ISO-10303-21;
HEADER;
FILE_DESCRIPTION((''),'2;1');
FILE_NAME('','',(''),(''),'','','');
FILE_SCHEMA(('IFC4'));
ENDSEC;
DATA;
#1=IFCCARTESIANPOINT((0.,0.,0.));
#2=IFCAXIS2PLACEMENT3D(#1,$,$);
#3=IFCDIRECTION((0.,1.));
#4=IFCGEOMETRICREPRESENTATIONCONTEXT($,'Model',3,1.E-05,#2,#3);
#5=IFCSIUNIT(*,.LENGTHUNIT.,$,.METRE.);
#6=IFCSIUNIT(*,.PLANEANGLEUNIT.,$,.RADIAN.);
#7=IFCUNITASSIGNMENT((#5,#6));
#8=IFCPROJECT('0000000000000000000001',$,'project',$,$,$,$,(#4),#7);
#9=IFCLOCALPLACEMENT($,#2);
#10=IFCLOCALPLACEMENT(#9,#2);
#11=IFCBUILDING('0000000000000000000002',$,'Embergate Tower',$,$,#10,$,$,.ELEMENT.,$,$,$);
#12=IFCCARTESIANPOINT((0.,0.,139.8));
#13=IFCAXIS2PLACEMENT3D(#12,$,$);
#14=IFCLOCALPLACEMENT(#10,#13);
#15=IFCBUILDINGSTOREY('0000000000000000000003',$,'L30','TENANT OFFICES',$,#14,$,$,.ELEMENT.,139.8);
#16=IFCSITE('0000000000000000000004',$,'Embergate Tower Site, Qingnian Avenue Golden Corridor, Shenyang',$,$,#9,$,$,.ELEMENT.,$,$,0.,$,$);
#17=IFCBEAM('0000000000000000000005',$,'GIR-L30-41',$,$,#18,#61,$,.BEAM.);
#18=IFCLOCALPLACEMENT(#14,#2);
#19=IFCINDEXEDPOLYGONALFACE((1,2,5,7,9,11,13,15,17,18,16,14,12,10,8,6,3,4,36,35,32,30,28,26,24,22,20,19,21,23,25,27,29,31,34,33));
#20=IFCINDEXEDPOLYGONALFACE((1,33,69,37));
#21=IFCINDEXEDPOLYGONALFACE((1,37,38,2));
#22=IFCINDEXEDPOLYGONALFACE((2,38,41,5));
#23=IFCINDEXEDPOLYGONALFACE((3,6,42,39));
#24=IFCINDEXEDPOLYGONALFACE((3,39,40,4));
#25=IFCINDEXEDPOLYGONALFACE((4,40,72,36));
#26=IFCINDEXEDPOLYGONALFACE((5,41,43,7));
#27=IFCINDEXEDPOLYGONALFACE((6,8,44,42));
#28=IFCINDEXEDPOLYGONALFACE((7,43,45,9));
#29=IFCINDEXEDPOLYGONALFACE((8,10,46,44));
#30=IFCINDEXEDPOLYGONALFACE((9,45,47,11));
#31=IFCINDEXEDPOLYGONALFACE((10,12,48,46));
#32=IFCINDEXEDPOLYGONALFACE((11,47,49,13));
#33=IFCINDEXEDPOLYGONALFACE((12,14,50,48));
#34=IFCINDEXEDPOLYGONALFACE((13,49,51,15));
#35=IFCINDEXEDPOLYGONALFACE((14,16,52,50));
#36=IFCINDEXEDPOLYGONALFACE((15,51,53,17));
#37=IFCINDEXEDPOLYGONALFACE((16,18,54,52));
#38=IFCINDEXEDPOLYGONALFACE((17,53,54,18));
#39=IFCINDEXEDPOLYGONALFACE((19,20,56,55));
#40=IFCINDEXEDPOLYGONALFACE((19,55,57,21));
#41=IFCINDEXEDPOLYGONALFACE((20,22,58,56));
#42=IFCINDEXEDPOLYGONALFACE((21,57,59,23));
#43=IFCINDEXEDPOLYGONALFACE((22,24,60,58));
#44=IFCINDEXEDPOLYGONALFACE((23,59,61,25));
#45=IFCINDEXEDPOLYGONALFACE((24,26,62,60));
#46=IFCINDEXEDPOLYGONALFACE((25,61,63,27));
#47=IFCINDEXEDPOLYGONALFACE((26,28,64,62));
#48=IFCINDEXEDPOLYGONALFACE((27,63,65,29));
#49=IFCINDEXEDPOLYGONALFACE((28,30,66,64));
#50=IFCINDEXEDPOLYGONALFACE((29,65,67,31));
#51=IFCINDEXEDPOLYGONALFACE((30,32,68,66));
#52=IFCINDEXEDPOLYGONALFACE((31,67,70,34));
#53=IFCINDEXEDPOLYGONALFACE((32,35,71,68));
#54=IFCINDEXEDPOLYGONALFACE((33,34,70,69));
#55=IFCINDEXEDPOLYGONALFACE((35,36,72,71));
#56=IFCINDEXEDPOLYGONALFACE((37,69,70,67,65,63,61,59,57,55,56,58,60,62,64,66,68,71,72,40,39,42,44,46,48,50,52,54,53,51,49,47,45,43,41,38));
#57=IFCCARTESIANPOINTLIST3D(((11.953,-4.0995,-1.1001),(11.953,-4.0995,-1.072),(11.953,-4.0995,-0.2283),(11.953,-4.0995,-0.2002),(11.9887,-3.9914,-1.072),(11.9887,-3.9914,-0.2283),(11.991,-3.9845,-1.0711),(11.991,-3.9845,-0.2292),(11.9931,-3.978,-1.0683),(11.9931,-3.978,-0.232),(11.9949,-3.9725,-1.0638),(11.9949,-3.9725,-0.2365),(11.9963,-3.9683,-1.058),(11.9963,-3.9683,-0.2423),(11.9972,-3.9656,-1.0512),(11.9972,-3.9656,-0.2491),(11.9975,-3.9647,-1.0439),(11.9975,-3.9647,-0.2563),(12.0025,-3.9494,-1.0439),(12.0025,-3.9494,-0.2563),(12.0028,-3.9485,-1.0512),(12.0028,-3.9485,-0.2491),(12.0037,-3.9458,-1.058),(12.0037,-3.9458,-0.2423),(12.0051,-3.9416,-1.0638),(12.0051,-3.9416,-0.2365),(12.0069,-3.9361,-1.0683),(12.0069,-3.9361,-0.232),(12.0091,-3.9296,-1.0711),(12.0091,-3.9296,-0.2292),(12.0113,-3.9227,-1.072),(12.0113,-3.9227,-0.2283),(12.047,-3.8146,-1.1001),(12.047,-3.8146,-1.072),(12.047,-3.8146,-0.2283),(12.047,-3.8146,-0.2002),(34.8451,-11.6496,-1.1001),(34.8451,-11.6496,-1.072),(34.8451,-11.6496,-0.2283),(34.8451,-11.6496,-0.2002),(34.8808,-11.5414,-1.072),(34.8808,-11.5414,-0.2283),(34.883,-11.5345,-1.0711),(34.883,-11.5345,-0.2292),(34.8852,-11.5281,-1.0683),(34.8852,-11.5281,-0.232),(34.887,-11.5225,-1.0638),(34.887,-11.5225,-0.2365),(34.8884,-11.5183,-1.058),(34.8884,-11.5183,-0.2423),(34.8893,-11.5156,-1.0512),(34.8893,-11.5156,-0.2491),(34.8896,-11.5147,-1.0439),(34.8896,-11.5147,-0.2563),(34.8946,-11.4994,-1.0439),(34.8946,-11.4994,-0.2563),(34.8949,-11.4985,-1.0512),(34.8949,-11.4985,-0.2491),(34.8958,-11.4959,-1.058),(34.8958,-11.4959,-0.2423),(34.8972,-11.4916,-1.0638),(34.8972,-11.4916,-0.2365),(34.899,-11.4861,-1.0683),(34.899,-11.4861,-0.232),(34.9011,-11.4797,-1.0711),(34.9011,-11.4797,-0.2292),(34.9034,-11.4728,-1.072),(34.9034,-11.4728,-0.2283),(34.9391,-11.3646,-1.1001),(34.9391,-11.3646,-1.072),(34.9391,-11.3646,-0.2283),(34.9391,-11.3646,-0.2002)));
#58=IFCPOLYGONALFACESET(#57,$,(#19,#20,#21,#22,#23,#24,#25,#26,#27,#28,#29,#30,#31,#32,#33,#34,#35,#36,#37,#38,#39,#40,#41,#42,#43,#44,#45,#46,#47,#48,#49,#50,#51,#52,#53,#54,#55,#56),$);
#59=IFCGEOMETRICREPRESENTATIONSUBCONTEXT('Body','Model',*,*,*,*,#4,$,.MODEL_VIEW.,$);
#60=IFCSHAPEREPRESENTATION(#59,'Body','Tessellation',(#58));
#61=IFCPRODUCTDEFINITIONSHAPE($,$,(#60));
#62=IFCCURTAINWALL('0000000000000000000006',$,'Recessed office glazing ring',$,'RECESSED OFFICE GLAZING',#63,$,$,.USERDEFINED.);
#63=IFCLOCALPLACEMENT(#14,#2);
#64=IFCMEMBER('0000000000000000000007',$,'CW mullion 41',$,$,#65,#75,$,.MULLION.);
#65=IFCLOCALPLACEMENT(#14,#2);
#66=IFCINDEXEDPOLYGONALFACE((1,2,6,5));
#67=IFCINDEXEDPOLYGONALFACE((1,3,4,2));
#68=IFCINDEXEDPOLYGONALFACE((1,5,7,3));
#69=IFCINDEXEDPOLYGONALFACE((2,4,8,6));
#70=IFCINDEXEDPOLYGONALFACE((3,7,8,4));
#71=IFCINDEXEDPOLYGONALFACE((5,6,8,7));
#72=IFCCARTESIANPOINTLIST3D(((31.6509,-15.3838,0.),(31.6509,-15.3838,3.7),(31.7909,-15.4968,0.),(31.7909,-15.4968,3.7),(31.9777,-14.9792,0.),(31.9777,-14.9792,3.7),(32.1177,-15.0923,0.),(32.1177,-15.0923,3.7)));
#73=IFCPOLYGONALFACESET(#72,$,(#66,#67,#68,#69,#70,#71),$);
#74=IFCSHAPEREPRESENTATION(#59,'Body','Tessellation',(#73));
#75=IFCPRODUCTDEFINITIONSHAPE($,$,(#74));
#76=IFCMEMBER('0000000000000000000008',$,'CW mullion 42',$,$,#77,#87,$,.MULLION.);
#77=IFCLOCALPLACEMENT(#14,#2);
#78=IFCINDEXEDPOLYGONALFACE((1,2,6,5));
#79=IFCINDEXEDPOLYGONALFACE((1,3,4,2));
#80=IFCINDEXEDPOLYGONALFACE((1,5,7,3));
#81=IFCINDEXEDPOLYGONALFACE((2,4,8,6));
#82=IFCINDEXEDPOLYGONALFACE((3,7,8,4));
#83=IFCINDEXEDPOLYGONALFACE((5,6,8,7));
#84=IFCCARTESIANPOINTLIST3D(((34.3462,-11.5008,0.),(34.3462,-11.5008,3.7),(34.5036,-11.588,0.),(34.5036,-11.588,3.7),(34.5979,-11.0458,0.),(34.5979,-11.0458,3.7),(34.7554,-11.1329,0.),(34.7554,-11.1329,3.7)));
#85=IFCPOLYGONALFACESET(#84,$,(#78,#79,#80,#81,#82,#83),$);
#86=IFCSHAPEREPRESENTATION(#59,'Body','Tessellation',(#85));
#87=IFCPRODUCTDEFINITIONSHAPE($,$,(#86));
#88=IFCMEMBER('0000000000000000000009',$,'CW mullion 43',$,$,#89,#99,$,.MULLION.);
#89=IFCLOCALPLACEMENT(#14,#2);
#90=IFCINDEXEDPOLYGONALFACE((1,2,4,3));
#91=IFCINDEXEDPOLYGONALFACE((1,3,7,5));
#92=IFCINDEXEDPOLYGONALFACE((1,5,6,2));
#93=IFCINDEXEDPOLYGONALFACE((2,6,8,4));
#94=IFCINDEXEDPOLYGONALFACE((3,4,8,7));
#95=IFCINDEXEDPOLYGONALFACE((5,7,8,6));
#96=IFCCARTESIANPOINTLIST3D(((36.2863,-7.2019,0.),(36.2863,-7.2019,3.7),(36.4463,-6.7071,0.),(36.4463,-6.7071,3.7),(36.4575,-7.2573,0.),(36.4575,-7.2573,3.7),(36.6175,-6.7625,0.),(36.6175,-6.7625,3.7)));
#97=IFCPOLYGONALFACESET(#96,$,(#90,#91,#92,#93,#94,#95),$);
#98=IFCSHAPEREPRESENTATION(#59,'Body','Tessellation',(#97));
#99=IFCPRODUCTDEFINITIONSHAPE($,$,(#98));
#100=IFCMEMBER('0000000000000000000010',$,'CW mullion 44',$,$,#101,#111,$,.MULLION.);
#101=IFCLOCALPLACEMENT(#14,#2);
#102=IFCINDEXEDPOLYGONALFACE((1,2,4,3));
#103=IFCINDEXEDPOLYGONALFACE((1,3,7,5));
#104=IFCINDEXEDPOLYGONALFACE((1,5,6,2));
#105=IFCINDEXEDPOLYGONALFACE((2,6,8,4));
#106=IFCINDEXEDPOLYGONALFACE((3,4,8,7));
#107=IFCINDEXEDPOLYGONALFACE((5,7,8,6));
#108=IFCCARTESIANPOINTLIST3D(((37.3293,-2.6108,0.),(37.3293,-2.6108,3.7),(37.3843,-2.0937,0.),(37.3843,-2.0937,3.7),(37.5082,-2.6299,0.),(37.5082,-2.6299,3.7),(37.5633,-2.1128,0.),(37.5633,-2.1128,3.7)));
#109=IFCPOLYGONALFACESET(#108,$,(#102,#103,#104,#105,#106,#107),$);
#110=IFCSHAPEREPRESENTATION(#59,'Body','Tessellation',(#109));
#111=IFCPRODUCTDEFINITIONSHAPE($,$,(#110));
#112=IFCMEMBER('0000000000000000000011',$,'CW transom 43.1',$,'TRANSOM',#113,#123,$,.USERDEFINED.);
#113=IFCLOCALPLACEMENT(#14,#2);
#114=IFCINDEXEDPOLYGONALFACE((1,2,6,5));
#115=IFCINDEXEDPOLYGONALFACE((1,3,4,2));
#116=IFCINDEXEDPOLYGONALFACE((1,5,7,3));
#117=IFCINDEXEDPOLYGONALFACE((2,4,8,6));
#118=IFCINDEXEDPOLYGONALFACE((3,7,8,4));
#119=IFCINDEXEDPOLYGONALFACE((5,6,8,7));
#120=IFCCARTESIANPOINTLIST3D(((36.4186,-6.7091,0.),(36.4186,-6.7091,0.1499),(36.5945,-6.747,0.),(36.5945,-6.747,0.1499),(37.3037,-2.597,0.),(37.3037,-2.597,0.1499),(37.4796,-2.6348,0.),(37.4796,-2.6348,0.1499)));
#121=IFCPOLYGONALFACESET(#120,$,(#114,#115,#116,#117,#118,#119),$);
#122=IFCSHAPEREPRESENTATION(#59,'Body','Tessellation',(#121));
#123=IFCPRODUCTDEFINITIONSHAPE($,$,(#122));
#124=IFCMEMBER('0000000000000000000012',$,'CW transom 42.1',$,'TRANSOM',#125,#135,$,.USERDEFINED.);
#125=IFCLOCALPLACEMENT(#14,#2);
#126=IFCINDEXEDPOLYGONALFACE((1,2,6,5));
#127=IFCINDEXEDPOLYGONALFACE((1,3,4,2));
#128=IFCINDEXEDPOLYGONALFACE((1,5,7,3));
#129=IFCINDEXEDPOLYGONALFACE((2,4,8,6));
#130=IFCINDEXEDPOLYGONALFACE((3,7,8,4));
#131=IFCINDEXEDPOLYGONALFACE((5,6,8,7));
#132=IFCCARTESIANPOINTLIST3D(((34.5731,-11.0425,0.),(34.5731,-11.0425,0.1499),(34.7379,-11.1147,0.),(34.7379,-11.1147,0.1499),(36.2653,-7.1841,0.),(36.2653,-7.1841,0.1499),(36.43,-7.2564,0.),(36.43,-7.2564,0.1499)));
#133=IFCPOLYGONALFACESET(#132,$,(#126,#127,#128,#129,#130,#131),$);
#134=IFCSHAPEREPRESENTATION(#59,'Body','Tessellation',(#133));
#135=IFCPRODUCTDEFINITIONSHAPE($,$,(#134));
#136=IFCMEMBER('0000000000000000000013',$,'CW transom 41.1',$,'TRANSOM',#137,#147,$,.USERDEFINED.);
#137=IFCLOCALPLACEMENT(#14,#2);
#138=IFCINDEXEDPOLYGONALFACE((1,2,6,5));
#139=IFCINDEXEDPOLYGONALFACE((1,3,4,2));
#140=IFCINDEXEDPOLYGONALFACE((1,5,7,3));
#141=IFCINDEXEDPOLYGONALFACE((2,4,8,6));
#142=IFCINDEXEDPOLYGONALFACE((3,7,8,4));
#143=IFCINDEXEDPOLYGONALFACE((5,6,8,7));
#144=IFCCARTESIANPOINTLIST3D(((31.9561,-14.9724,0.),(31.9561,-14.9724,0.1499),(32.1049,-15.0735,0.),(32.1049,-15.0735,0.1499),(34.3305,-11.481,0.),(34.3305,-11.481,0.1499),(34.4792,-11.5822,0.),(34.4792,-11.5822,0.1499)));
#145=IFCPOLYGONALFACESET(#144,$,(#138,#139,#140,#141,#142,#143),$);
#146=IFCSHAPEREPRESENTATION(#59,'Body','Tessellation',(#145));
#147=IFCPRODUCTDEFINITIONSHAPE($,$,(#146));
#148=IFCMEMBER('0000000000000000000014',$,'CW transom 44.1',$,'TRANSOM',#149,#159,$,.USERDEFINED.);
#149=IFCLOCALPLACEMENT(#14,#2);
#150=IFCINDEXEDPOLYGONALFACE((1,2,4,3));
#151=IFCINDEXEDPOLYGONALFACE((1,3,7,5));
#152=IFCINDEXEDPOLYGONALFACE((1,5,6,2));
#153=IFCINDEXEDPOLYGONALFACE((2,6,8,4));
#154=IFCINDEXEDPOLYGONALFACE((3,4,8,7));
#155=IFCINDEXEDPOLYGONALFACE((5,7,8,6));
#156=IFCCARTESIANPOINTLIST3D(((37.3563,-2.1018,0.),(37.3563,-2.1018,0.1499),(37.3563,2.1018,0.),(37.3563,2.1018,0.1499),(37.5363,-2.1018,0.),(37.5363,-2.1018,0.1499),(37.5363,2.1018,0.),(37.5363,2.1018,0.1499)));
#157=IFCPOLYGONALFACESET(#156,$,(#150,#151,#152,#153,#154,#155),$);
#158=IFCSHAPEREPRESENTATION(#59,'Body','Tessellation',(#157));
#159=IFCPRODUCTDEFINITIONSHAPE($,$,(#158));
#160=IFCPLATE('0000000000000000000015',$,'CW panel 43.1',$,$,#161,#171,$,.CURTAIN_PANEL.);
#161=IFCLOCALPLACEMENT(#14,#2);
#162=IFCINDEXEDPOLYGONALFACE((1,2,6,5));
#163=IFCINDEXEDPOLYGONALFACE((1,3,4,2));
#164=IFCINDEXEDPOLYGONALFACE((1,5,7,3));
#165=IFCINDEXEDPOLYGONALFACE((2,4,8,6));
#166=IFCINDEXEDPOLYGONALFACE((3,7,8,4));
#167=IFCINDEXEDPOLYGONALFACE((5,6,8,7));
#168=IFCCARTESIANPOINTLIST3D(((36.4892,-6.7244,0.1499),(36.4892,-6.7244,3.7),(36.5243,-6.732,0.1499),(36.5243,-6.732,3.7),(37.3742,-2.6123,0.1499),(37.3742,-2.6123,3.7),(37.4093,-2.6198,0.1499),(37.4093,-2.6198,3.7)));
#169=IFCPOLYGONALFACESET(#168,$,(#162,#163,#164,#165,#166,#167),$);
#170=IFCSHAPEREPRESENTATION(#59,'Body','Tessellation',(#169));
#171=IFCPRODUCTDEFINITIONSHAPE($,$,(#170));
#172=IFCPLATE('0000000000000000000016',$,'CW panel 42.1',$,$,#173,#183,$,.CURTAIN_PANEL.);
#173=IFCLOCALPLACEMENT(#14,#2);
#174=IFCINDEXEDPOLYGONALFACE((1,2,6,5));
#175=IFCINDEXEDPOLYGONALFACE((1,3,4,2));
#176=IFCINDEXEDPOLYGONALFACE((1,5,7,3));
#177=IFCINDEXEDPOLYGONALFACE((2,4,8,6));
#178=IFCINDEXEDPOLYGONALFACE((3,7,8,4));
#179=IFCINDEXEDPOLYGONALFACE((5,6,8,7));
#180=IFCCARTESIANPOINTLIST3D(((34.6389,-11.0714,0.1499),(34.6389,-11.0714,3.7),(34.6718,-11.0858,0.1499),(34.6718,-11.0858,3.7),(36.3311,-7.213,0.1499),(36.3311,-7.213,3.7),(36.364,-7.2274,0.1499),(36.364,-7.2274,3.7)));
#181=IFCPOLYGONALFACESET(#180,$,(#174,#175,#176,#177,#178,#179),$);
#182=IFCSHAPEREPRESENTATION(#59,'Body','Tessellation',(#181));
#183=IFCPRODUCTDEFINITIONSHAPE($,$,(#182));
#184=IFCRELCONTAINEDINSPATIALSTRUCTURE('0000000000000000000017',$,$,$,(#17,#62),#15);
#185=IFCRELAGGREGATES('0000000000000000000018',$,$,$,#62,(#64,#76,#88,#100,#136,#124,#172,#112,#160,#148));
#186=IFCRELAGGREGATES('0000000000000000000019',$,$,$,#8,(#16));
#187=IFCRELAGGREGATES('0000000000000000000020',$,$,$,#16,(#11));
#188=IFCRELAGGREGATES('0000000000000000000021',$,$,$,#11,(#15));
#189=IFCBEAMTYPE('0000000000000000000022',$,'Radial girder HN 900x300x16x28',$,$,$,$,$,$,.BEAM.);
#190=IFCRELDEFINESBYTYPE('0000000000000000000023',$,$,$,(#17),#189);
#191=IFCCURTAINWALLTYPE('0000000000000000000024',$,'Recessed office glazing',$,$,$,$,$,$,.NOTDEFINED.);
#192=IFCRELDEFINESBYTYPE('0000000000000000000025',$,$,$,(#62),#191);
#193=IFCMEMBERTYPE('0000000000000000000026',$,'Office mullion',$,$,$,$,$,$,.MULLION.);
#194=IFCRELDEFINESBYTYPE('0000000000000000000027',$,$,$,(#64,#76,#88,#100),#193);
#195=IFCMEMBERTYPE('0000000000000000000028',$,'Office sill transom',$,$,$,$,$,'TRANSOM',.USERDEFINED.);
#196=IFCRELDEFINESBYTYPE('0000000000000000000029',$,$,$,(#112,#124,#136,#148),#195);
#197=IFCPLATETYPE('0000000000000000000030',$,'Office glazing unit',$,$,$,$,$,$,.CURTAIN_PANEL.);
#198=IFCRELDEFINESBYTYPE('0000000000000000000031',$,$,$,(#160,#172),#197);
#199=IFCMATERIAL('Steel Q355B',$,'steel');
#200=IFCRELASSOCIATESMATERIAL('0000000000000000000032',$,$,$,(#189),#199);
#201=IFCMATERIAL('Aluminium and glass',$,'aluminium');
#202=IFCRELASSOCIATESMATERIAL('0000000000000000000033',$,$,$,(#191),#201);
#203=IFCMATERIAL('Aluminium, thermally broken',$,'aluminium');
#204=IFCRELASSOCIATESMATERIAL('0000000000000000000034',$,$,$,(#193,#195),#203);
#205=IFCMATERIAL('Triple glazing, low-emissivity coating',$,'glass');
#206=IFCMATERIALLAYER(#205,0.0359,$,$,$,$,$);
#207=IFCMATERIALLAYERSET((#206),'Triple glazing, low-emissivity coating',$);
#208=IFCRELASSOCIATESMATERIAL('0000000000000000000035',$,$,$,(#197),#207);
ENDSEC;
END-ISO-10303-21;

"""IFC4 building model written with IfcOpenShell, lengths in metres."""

from ifc_helpers import new_model, si_unit, direction, frame, origin, origin_2d, place, context, subcontext, project, spatial, rectangle, i_section, extrude, source, transform, mapped, material, layer, layer_set, material_profile, profile_set, type_object, element, aggregate, save


model = new_model("IFC4")

# Units and contexts
model_context = context("Model", 3, precision=1e-05, world=origin(), true_north=direction((0.0, 1.0)))
body_context = subcontext(model_context, "Body", "Model", "MODEL_VIEW")
ifc_project = project(units=[si_unit("LENGTHUNIT", "METRE"), si_unit("PLANEANGLEUNIT", "RADIAN")], contexts=[model_context])

# Site, building, storey
site_placement = place(None, origin())
site = spatial("IfcSite", under=ifc_project, at=site_placement, Name="Embergate Tower Site, Qingnian Avenue Golden Corridor, Shenyang", CompositionType="ELEMENT", RefElevation=0.0)
building_placement = place(site_placement, origin())
building = spatial("IfcBuilding", under=site, at=building_placement, Name="Embergate Tower", CompositionType="ELEMENT")
storey_placement = place(building_placement, frame((0.0, 0.0, 139.8)))
storey = spatial("IfcBuildingStorey", under=building, at=storey_placement, Name="L30", Description="TENANT OFFICES", CompositionType="ELEMENT", Elevation=139.8)

# Beam
ifc_material_1 = material(Name="Steel Q355B", Category="steel")
ifc_material_profile_1 = material_profile(ifc_material_1, i_section(OverallWidth=0.3, OverallDepth=0.8999, WebThickness=0.0161, FlangeThickness=0.0281, FilletRadius=0.0281, at=origin_2d()), Name="HN 900x300x16x28")
ifc_profile_set_1 = profile_set([ifc_material_profile_1], Name="Steel Q355 grade B")
beam_type_1 = type_object("IfcBeamType", Name="Radial girder HN 900x300x16x28", PredefinedType="BEAM", material=ifc_profile_set_1)
shared_shape_1 = source(origin(), body_context, "Body", "SweptSolid", [
    extrude(i_section(OverallWidth=0.3, OverallDepth=0.8999, WebThickness=0.0161, FlangeThickness=0.0281, FilletRadius=0.0281, at=origin_2d()), origin(), (0.0, 0.0, 1.0), 24.105),
])
beam_1_placement = place(storey_placement, frame((34.8921, -11.5071, -0.6501), z_axis=(-0.949682, 0.313215, 0.0), x_axis=(-0.313215, -0.949682, 0.0)))
element("IfcBeam", 1, at=beam_1_placement, inside=storey, type_object=beam_type_1, Name="GIR-L30-41", PredefinedType="BEAM", context=body_context, shape_type="MappedRepresentation", body=[
    mapped(shared_shape_1, transform((0.0, 0.0, 0.0))),
])

# Curtain wall, members, plates
ifc_material_2 = material(Name="Aluminium and glass", Category="aluminium")
curtain_wall_type = type_object("IfcCurtainWallType", Name="Recessed office glazing", PredefinedType="NOTDEFINED", material=ifc_material_2)
curtain_wall_placement = place(storey_placement, origin())
curtain_wall = element("IfcCurtainWall", 2, at=curtain_wall_placement, inside=storey, type_object=curtain_wall_type, Name="Recessed office glazing ring", ObjectType="RECESSED OFFICE GLAZING", PredefinedType="USERDEFINED")
ifc_material_3 = material(Name="Aluminium, thermally broken", Category="aluminium")
ifc_material_profile_2 = material_profile(ifc_material_3, rectangle(XDim=0.1799, YDim=0.52, at=origin_2d()), Name="AL 520x180")
ifc_profile_set_2 = profile_set([ifc_material_profile_2], Name="Aluminium, thermally broken")
member_type_1 = type_object("IfcMemberType", Name="Office mullion", PredefinedType="MULLION", material=ifc_profile_set_2)
shared_shape_2 = source(origin(), body_context, "Body", "SweptSolid", [
    extrude(rectangle(XDim=0.1799, YDim=0.52, at=origin_2d()), origin(), (0.0, 0.0, 1.0), 3.7),
])
member_1_placement = place(storey_placement, frame((31.8843, -15.238, 0.0), z_axis=(0.0, 0.0, 1.0), x_axis=(-0.777871, 0.628423, 0.0)))
member_1 = element("IfcMember", 3, at=member_1_placement, type_object=member_type_1, Name="CW mullion 41", PredefinedType="MULLION", context=body_context, shape_type="MappedRepresentation", body=[
    mapped(shared_shape_2, transform((0.0, 0.0, 0.0))),
])
member_2_placement = place(storey_placement, frame((34.5508, -11.3169, 0.0), z_axis=(0.0, 0.0, 1.0), x_axis=(-0.875002, 0.484119, 0.0)))
member_2 = element("IfcMember", 4, at=member_2_placement, type_object=member_type_1, Name="CW mullion 42", PredefinedType="MULLION", context=body_context, shape_type="MappedRepresentation", body=[
    mapped(shared_shape_2, transform((0.0, 0.0, 0.0))),
])
member_3_placement = place(storey_placement, frame((36.4519, -6.9822, 0.0), z_axis=(0.0, 0.0, 1.0), x_axis=(-0.951498, 0.307656, 0.0)))
member_3 = element("IfcMember", 5, at=member_3_placement, type_object=member_type_1, Name="CW mullion 43", PredefinedType="MULLION", context=body_context, shape_type="MappedRepresentation", body=[
    mapped(shared_shape_2, transform((0.0, 0.0, 0.0))),
])
member_4_placement = place(storey_placement, frame((37.4463, -2.3618, 0.0), z_axis=(0.0, 0.0, 1.0), x_axis=(-0.994385, 0.105823, 0.0)))
member_4 = element("IfcMember", 6, at=member_4_placement, type_object=member_type_1, Name="CW mullion 44", PredefinedType="MULLION", context=body_context, shape_type="MappedRepresentation", body=[
    mapped(shared_shape_2, transform((0.0, 0.0, 0.0))),
])
ifc_material_profile_3 = material_profile(ifc_material_3, rectangle(XDim=0.1799, YDim=0.1499, at=origin_2d()), Name="AL 150x180")
ifc_profile_set_3 = profile_set([ifc_material_profile_3], Name="Aluminium, thermally broken")
member_type_2 = type_object("IfcMemberType", Name="Office sill transom", ElementType="TRANSOM", PredefinedType="USERDEFINED", material=ifc_profile_set_3)
shared_shape_3 = source(origin(), body_context, "Body", "SweptSolid", [
    extrude(rectangle(XDim=0.1799, YDim=0.1499, at=origin_2d()), origin(), (0.0, 0.0, 1.0), 4.2063),
])
member_5_placement = place(storey_placement, frame((36.5066, -6.728, 0.075), z_axis=(0.210405, 0.977614, 0.0), x_axis=(-0.977614, 0.210405, 0.0)))
member_5 = element("IfcMember", 7, at=member_5_placement, type_object=member_type_2, Name="CW transom 43.1", ObjectType="TRANSOM", PredefinedType="USERDEFINED", context=body_context, shape_type="MappedRepresentation", body=[
    mapped(shared_shape_3, transform((0.0, 0.0, 0.0))),
])
shared_shape_4 = source(origin(), body_context, "Body", "SweptSolid", [
    extrude(rectangle(XDim=0.1799, YDim=0.1499, at=origin_2d()), origin(), (0.0, 0.0, 1.0), 4.2131),
])
member_6_placement = place(storey_placement, frame((34.6555, -11.0786, 0.075), z_axis=(0.401633, 0.915801, 0.0), x_axis=(-0.915801, 0.401633, 0.0)))
member_6 = element("IfcMember", 8, at=member_6_placement, type_object=member_type_2, Name="CW transom 42.1", ObjectType="TRANSOM", PredefinedType="USERDEFINED", context=body_context, shape_type="MappedRepresentation", body=[
    mapped(shared_shape_4, transform((0.0, 0.0, 0.0))),
])
shared_shape_5 = source(origin(), body_context, "Body", "SweptSolid", [
    extrude(rectangle(XDim=0.1799, YDim=0.1499, at=origin_2d()), origin(), (0.0, 0.0, 1.0), 4.2222),
])
member_7_placement = place(storey_placement, frame((32.0305, -15.0229, 0.075), z_axis=(0.56235, 0.8269, 0.0), x_axis=(-0.8269, 0.56235, 0.0)))
member_7 = element("IfcMember", 9, at=member_7_placement, type_object=member_type_2, Name="CW transom 41.1", ObjectType="TRANSOM", PredefinedType="USERDEFINED", context=body_context, shape_type="MappedRepresentation", body=[
    mapped(shared_shape_5, transform((0.0, 0.0, 0.0))),
])
shared_shape_6 = source(origin(), body_context, "Body", "SweptSolid", [
    extrude(rectangle(XDim=0.1799, YDim=0.1499, at=origin_2d()), origin(), (0.0, 0.0, 1.0), 4.2036),
])
member_8_placement = place(storey_placement, frame((37.4463, -2.1018, 0.075), z_axis=(0.0, 1.0, 0.0), x_axis=(-1.0, 0.0, 0.0)))
member_8 = element("IfcMember", 10, at=member_8_placement, type_object=member_type_2, Name="CW transom 44.1", ObjectType="TRANSOM", PredefinedType="USERDEFINED", context=body_context, shape_type="MappedRepresentation", body=[
    mapped(shared_shape_6, transform((0.0, 0.0, 0.0))),
])
ifc_material_4 = material(Name="Triple glazing, low-emissivity coating", Category="glass")
ifc_layer_1 = layer(ifc_material_4, 0.0359)
ifc_layer_set_1 = layer_set([ifc_layer_1], Name="Triple glazing, low-emissivity coating")
plate_type = type_object("IfcPlateType", Name="Office glazing unit", PredefinedType="CURTAIN_PANEL", material=ifc_layer_set_1)
shared_shape_7 = source(origin(), body_context, "Body", "SweptSolid", [
    extrude(rectangle(XDim=4.2063, YDim=0.0359, at=origin_2d()), origin(), (0.0, 0.0, 1.0), 3.55),
])
plate_1_placement = place(storey_placement, frame((36.9492, -4.6721, 0.1499), z_axis=(0.0, 0.0, 1.0), x_axis=(0.210398, 0.977616, 0.0)))
plate_1 = element("IfcPlate", 11, at=plate_1_placement, type_object=plate_type, Name="CW panel 43.1", PredefinedType="CURTAIN_PANEL", context=body_context, shape_type="MappedRepresentation", body=[
    mapped(shared_shape_7, transform((0.0, 0.0, 0.0))),
])
shared_shape_8 = source(origin(), body_context, "Body", "SweptSolid", [
    extrude(rectangle(XDim=4.2131, YDim=0.0359, at=origin_2d()), origin(), (0.0, 0.0, 1.0), 3.55),
])
plate_2_placement = place(storey_placement, frame((35.5015, -9.1494, 0.1499), z_axis=(0.0, 0.0, 1.0), x_axis=(0.401655, 0.915791, 0.0)))
plate_2 = element("IfcPlate", 12, at=plate_2_placement, type_object=plate_type, Name="CW panel 42.1", PredefinedType="CURTAIN_PANEL", context=body_context, shape_type="MappedRepresentation", body=[
    mapped(shared_shape_8, transform((0.0, 0.0, 0.0))),
])
aggregate(curtain_wall, [member_1, member_2, member_3, member_4, member_7, member_6, plate_2, member_5, plate_1, member_8])

save(model, "model.ifc")
